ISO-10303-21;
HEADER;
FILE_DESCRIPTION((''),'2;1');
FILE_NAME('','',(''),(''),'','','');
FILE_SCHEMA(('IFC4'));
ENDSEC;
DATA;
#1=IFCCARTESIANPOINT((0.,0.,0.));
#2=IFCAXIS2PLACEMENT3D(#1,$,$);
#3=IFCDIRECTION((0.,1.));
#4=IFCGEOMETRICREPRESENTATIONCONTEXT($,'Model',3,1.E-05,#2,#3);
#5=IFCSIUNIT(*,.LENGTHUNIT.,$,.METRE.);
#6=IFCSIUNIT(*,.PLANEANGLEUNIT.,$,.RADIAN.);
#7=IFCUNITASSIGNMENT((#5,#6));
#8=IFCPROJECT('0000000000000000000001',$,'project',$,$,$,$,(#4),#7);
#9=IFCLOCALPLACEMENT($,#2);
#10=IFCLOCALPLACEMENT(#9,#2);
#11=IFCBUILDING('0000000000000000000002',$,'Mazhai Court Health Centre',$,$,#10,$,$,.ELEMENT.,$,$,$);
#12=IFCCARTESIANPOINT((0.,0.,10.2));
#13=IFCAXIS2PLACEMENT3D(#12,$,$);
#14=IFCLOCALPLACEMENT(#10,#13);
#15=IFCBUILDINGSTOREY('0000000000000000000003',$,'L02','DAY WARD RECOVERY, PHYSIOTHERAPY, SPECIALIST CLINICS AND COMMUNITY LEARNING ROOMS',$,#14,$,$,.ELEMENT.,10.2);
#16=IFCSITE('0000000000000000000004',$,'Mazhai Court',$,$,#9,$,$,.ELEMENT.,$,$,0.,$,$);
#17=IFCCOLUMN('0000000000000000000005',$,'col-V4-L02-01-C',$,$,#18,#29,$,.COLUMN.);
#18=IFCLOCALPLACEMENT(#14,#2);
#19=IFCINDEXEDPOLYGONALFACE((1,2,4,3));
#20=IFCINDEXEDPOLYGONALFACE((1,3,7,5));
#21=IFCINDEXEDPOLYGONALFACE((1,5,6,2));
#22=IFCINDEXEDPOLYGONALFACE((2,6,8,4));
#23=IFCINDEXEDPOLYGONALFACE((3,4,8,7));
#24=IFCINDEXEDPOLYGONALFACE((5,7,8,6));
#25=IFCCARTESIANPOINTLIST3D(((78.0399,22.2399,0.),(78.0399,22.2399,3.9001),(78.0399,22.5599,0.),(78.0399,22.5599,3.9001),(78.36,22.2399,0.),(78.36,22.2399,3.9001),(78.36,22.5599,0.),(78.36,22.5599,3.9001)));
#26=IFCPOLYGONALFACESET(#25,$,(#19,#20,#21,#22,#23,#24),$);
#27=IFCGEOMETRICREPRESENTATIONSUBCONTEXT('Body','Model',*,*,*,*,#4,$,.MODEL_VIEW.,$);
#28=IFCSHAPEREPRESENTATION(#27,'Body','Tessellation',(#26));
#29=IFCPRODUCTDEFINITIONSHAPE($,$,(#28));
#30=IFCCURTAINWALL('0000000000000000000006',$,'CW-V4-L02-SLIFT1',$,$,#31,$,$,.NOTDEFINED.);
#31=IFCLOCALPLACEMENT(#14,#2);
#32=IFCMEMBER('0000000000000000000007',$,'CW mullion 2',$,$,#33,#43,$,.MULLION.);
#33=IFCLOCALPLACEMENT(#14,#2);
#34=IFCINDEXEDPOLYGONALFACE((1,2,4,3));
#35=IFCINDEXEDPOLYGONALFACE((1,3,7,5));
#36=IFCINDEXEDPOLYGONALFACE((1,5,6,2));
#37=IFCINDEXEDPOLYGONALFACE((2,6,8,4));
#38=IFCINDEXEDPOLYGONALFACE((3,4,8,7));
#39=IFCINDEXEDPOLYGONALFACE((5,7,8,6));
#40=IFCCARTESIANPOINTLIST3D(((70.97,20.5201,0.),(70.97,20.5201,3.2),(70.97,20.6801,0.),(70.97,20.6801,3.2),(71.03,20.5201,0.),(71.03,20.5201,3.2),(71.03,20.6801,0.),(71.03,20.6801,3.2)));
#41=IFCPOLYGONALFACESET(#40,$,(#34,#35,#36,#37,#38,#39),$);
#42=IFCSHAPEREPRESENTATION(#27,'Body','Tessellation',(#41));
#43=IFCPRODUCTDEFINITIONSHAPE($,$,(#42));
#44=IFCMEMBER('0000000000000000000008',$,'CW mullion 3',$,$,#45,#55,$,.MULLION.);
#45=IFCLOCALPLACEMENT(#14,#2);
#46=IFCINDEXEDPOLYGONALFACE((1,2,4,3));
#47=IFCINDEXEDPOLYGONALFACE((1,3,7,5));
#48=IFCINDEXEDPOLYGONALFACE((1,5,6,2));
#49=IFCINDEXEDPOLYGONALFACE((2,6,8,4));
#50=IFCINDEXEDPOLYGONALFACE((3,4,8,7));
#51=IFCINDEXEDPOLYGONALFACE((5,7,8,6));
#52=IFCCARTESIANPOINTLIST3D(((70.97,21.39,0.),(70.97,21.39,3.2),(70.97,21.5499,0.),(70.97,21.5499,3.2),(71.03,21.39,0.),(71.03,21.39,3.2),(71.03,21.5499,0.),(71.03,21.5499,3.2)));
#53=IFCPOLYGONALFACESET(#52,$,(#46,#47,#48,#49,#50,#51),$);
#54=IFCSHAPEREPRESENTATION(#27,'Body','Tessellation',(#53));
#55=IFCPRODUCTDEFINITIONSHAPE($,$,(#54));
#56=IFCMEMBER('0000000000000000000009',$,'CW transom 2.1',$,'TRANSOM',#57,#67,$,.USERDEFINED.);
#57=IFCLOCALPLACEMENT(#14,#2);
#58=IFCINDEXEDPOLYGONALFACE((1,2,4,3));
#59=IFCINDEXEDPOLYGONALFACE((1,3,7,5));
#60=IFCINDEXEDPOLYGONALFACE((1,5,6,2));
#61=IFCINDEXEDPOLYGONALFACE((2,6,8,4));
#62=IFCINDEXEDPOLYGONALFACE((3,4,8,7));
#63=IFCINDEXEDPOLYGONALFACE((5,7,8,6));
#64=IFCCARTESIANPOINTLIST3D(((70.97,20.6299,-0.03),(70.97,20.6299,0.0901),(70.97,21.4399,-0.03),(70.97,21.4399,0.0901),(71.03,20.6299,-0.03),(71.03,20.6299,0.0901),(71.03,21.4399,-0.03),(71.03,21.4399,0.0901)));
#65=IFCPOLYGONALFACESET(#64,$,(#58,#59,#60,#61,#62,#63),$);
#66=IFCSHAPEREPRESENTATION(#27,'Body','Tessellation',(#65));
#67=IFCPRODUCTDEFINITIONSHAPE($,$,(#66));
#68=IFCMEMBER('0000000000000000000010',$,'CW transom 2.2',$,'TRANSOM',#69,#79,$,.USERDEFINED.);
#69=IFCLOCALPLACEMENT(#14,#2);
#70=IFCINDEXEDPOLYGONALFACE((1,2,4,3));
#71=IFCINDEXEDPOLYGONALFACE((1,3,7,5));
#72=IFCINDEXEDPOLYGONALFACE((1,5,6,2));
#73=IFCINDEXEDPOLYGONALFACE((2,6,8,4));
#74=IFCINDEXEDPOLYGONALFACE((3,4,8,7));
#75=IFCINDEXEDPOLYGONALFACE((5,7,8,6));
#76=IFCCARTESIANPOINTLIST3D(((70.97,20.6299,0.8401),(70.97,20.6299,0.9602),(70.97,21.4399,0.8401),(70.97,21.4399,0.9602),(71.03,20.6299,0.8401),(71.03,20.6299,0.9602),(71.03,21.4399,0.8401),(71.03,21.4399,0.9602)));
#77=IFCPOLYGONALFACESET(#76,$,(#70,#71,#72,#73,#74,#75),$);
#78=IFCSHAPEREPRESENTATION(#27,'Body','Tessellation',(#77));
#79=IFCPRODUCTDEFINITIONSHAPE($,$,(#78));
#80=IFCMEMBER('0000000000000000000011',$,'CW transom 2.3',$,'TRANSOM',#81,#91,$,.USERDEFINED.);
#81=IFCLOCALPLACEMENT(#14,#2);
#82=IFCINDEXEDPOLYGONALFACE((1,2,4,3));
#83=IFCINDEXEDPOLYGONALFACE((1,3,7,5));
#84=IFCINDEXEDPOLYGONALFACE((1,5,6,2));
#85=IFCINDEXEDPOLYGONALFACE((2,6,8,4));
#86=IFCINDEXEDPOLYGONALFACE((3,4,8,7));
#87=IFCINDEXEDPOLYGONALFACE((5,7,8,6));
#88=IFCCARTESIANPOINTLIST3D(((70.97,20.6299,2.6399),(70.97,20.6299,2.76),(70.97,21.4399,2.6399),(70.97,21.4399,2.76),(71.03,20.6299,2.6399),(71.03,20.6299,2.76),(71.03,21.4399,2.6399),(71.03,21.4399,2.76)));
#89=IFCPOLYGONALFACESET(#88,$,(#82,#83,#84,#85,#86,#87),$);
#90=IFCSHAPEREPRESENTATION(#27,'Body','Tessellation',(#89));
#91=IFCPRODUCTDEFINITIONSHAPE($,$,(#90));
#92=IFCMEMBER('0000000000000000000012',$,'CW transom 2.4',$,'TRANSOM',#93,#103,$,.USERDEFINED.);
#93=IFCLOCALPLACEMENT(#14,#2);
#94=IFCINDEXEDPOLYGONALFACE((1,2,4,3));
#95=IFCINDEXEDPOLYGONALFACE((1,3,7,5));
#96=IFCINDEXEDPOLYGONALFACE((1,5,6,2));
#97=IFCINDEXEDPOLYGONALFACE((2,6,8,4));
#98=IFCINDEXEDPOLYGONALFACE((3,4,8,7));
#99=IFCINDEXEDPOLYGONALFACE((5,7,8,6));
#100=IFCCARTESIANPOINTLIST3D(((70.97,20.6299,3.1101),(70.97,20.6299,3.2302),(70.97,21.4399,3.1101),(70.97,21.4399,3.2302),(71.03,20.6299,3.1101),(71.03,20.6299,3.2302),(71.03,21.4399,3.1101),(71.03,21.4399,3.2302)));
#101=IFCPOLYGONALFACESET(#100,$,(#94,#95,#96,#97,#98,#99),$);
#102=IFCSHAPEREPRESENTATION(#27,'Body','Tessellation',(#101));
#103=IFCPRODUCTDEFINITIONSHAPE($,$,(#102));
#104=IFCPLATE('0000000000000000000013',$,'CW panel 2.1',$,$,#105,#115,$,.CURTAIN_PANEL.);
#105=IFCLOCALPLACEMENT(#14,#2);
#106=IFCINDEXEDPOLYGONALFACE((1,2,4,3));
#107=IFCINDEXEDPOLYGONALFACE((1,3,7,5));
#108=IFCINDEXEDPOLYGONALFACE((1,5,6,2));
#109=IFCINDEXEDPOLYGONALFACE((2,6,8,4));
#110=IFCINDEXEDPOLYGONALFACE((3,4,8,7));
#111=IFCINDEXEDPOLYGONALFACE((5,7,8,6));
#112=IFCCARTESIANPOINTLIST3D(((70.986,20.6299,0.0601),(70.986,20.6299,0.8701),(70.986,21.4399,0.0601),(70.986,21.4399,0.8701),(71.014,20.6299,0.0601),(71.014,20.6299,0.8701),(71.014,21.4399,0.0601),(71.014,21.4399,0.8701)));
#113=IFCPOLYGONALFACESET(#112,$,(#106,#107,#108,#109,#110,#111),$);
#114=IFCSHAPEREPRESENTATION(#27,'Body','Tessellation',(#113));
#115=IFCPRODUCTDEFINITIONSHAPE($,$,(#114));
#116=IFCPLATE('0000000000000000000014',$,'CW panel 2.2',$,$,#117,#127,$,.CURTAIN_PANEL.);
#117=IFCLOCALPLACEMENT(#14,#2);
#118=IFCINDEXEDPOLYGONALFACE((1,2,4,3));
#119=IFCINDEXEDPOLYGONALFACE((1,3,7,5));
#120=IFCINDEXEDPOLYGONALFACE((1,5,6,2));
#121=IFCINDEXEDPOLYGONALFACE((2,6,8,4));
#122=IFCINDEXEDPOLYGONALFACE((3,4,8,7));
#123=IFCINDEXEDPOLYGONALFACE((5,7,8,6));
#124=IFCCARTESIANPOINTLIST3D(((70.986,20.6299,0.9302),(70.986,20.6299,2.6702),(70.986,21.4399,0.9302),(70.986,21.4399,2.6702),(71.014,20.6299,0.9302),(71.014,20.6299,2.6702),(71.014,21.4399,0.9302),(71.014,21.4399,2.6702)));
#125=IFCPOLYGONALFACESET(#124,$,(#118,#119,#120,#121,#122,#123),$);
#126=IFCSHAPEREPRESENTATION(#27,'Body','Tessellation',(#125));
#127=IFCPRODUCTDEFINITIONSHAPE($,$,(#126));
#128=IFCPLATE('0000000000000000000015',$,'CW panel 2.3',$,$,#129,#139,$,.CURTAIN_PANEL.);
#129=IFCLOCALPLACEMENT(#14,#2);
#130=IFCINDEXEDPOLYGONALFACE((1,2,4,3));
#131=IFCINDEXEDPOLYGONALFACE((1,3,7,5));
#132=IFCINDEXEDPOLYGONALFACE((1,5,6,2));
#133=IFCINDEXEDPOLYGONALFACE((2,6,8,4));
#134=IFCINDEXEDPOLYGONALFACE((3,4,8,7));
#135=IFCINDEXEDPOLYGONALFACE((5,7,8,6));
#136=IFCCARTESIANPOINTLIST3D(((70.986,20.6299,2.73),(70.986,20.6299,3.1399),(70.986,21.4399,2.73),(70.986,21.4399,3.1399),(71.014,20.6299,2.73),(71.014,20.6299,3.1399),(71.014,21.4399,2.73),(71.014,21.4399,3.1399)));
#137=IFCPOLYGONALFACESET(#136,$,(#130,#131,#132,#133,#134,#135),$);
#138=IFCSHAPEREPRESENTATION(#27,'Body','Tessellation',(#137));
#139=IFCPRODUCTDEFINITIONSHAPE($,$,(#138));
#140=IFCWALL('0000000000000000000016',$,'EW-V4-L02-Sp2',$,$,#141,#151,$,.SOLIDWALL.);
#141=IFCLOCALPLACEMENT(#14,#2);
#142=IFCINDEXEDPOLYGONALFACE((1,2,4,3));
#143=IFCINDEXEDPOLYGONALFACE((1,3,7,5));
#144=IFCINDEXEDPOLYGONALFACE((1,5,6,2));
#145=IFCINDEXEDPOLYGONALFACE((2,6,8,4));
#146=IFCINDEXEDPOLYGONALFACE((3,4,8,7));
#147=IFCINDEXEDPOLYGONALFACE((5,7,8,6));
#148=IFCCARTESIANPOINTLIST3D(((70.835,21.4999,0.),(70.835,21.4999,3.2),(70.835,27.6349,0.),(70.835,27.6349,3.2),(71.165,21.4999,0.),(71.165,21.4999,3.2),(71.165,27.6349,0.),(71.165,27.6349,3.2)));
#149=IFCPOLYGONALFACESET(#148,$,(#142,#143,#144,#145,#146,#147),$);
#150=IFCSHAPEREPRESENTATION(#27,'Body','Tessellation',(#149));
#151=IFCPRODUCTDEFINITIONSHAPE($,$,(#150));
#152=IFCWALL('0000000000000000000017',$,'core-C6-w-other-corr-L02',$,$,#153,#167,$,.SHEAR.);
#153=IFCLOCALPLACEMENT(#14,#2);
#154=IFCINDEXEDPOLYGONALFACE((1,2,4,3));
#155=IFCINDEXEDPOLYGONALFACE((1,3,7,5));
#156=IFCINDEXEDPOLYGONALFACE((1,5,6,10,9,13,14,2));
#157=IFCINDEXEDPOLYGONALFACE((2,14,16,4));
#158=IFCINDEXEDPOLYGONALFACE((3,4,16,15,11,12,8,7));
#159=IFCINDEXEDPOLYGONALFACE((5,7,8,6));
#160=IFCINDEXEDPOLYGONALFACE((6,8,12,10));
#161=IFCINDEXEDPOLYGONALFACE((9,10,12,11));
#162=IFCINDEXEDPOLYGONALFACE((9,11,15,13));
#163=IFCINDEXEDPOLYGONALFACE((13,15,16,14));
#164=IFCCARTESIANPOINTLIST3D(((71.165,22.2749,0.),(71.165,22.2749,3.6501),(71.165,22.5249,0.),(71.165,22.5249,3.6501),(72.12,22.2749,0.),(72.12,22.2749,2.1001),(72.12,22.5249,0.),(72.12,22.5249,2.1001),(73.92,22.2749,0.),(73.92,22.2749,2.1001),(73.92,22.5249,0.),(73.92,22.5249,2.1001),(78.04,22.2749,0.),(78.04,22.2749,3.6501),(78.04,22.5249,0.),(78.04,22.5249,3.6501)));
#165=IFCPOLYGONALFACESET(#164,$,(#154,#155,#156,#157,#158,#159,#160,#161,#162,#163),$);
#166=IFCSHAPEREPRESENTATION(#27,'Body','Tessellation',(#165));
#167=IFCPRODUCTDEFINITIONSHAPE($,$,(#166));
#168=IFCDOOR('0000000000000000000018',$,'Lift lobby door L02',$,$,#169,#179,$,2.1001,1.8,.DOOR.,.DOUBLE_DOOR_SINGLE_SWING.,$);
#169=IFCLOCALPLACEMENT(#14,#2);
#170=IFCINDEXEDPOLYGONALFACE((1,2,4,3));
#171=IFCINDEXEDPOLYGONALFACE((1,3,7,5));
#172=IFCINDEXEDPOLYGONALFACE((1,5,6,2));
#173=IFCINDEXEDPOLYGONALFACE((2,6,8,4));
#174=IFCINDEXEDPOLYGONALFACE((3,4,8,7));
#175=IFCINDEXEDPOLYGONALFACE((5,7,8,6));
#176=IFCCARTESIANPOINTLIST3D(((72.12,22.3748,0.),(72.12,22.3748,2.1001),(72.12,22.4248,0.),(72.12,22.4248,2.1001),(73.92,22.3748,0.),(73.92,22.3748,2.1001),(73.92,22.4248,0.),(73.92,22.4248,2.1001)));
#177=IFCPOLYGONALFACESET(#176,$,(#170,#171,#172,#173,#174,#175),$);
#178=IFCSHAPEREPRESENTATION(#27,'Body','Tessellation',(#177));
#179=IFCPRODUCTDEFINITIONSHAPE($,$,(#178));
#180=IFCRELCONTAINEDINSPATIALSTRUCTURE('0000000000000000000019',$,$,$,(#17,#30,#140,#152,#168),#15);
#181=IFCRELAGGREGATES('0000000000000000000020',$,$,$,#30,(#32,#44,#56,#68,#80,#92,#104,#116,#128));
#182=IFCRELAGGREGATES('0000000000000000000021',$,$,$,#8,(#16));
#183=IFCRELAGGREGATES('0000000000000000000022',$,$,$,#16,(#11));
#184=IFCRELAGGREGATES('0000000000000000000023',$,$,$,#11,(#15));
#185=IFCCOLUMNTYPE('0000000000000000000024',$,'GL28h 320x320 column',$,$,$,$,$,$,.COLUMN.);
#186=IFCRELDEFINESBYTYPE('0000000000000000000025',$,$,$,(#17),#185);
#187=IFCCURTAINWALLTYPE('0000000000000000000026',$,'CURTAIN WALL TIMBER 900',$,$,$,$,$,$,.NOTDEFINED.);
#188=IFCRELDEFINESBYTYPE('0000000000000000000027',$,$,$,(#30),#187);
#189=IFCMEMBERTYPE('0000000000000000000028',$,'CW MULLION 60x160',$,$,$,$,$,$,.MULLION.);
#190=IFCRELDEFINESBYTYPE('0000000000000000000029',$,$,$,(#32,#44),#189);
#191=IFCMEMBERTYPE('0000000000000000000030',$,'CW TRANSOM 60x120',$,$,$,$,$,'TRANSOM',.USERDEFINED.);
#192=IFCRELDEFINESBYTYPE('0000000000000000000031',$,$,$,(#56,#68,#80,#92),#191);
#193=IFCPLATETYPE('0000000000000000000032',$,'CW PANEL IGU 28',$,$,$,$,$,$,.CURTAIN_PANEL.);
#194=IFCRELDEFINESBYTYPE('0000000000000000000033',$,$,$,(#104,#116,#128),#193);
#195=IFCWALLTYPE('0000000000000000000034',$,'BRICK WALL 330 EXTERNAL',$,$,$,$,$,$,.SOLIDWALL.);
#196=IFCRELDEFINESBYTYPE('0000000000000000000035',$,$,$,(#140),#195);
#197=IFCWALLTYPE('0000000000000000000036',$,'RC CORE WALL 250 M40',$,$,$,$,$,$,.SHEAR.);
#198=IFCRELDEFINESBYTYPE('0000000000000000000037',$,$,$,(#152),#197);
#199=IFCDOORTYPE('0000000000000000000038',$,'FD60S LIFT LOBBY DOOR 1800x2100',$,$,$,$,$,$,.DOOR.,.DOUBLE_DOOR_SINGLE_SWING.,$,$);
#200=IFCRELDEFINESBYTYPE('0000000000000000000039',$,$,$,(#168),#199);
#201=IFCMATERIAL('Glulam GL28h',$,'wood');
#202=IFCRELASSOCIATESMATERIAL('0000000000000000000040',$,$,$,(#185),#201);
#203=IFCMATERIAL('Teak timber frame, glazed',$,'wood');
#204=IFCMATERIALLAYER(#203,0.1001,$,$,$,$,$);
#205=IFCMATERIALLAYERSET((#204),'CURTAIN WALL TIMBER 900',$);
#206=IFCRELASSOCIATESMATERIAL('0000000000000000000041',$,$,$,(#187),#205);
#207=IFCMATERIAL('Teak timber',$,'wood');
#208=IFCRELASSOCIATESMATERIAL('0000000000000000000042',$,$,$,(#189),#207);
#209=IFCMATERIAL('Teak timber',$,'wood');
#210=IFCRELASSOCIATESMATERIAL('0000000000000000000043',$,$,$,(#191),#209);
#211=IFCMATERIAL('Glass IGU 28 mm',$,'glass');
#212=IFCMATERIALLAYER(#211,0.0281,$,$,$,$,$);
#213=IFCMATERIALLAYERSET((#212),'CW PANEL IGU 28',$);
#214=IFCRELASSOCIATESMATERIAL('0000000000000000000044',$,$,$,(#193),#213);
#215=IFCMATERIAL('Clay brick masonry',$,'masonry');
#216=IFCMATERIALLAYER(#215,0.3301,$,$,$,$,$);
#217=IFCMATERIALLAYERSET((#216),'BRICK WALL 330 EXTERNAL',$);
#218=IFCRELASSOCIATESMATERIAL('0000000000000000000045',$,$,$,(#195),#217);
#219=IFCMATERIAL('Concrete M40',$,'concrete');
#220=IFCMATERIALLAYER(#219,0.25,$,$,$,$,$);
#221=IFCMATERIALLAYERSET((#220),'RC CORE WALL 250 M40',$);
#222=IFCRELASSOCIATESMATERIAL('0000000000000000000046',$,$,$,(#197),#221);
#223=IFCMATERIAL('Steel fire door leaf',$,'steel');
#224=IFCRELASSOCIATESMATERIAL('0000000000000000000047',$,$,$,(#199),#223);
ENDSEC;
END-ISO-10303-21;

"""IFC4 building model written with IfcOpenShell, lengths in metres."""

from ifc_helpers import new_model, si_unit, direction, frame, frame_2d, origin, origin_2d, place, context, subcontext, project, spatial, rectangle, extrude, material, layer, layer_set, material_profile, profile_set, type_object, element, fill, aggregate, save


model = new_model("IFC4")

# Units and contexts
model_context = context("Model", 3, precision=1e-05, world=origin(), true_north=direction((0.0, 1.0)))
body_context = subcontext(model_context, "Body", "Model", "MODEL_VIEW")
ifc_project = project(units=[si_unit("LENGTHUNIT", "METRE"), si_unit("PLANEANGLEUNIT", "RADIAN")], contexts=[model_context])

# Site, building, storey
site_placement = place(None, origin())
site = spatial("IfcSite", under=ifc_project, at=site_placement, Name="Mazhai Court", CompositionType="ELEMENT", RefElevation=0.0)
building_placement = place(site_placement, origin())
building = spatial("IfcBuilding", under=site, at=building_placement, Name="Mazhai Court Health Centre", CompositionType="ELEMENT")
storey_placement = place(building_placement, frame((0.0, 0.0, 10.2)))
storey = spatial("IfcBuildingStorey", under=building, at=storey_placement, Name="L02", Description="DAY WARD RECOVERY, PHYSIOTHERAPY, SPECIALIST CLINICS AND COMMUNITY LEARNING ROOMS", CompositionType="ELEMENT", Elevation=10.2)

# Column
ifc_material_1 = material(Name="Glulam GL28h", Category="wood")
ifc_material_profile_1 = material_profile(ifc_material_1, rectangle(XDim=0.3201, YDim=0.3201, at=origin_2d()), Name="GL28h 320x320")
ifc_profile_set_1 = profile_set([ifc_material_profile_1], Name="Glulam GL28h")
column_type = type_object("IfcColumnType", Name="GL28h 320x320 column", PredefinedType="COLUMN", material=ifc_profile_set_1)
column_placement = place(storey_placement, frame((78.2, 22.3999, 0.0), z_axis=(0.0, 0.0, 1.0), x_axis=(1.0, 0.0, 0.0)))
element("IfcColumn", 1, at=column_placement, inside=storey, type_object=column_type, Name="col-V4-L02-01-C", PredefinedType="COLUMN", context=body_context, shape_type="SweptSolid", body=[
    extrude(rectangle(XDim=0.3201, YDim=0.3201, at=origin_2d()), origin(), (0.0, 0.0, 1.0), 3.9001),
])

# Curtain wall, members, plates
ifc_material_2 = material(Name="Teak timber frame, glazed", Category="wood")
ifc_layer_1 = layer(ifc_material_2, 0.1001)
ifc_layer_set_1 = layer_set([ifc_layer_1], Name="CURTAIN WALL TIMBER 900")
curtain_wall_type = type_object("IfcCurtainWallType", Name="CURTAIN WALL TIMBER 900", PredefinedType="NOTDEFINED", material=ifc_layer_set_1)
curtain_wall_placement = place(storey_placement, origin())
curtain_wall = element("IfcCurtainWall", 2, at=curtain_wall_placement, inside=storey, type_object=curtain_wall_type, Name="CW-V4-L02-SLIFT1", PredefinedType="NOTDEFINED")
ifc_material_3 = material(Name="Teak timber", Category="wood")
ifc_material_profile_2 = material_profile(ifc_material_3, rectangle(XDim=0.0601, YDim=0.1599, at=origin_2d()), Name="CW MULLION 60x160")
ifc_profile_set_2 = profile_set([ifc_material_profile_2], Name="Teak timber")
member_type_1 = type_object("IfcMemberType", Name="CW MULLION 60x160", PredefinedType="MULLION", material=ifc_profile_set_2)
member_1_placement = place(storey_placement, frame((71.0, 20.6001, 0.0), z_axis=(0.0, 0.0, 1.0), x_axis=(-1.0, 0.0, 0.0)))
member_1 = element("IfcMember", 3, at=member_1_placement, type_object=member_type_1, Name="CW mullion 2", PredefinedType="MULLION", context=body_context, shape_type="SweptSolid", body=[
    extrude(rectangle(XDim=0.0601, YDim=0.1599, at=origin_2d()), origin(), (0.0, 0.0, 1.0), 3.2),
])
member_2_placement = place(storey_placement, frame((71.0, 21.47, 0.0), z_axis=(0.0, 0.0, 1.0), x_axis=(-1.0, 0.0, 0.0)))
member_2 = element("IfcMember", 4, at=member_2_placement, type_object=member_type_1, Name="CW mullion 3", PredefinedType="MULLION", context=body_context, shape_type="SweptSolid", body=[
    extrude(rectangle(XDim=0.0601, YDim=0.1599, at=origin_2d()), origin(), (0.0, 0.0, 1.0), 3.2),
])
ifc_material_4 = material(Name="Teak timber", Category="wood")
ifc_material_profile_3 = material_profile(ifc_material_4, rectangle(XDim=0.0601, YDim=0.1201, at=origin_2d()), Name="CW TRANSOM 60x120")
ifc_profile_set_3 = profile_set([ifc_material_profile_3], Name="Teak timber")
member_type_2 = type_object("IfcMemberType", Name="CW TRANSOM 60x120", ElementType="TRANSOM", PredefinedType="USERDEFINED", material=ifc_profile_set_3)
member_3_placement = place(storey_placement, frame((71.0, 20.6299, 0.03), z_axis=(0.0, 1.0, 0.0), x_axis=(-1.0, 0.0, 0.0)))
member_3 = element("IfcMember", 5, at=member_3_placement, type_object=member_type_2, Name="CW transom 2.1", ObjectType="TRANSOM", PredefinedType="USERDEFINED", context=body_context, shape_type="SweptSolid", body=[
    extrude(rectangle(XDim=0.0601, YDim=0.1201, at=origin_2d()), origin(), (0.0, 0.0, 1.0), 0.8101),
])
member_4_placement = place(storey_placement, frame((71.0, 20.6299, 0.9001), z_axis=(0.0, 1.0, 0.0), x_axis=(-1.0, 0.0, 0.0)))
member_4 = element("IfcMember", 6, at=member_4_placement, type_object=member_type_2, Name="CW transom 2.2", ObjectType="TRANSOM", PredefinedType="USERDEFINED", context=body_context, shape_type="SweptSolid", body=[
    extrude(rectangle(XDim=0.0601, YDim=0.1201, at=origin_2d()), origin(), (0.0, 0.0, 1.0), 0.8101),
])
member_5_placement = place(storey_placement, frame((71.0, 20.6299, 2.7), z_axis=(0.0, 1.0, 0.0), x_axis=(-1.0, 0.0, 0.0)))
member_5 = element("IfcMember", 7, at=member_5_placement, type_object=member_type_2, Name="CW transom 2.3", ObjectType="TRANSOM", PredefinedType="USERDEFINED", context=body_context, shape_type="SweptSolid", body=[
    extrude(rectangle(XDim=0.0601, YDim=0.1201, at=origin_2d()), origin(), (0.0, 0.0, 1.0), 0.8101),
])
member_6_placement = place(storey_placement, frame((71.0, 20.6299, 3.1702), z_axis=(0.0, 1.0, 0.0), x_axis=(-1.0, 0.0, 0.0)))
member_6 = element("IfcMember", 8, at=member_6_placement, type_object=member_type_2, Name="CW transom 2.4", ObjectType="TRANSOM", PredefinedType="USERDEFINED", context=body_context, shape_type="SweptSolid", body=[
    extrude(rectangle(XDim=0.0601, YDim=0.1201, at=origin_2d()), origin(), (0.0, 0.0, 1.0), 0.8101),
])
ifc_material_5 = material(Name="Glass IGU 28 mm", Category="glass")
ifc_layer_2 = layer(ifc_material_5, 0.0281)
ifc_layer_set_2 = layer_set([ifc_layer_2], Name="CW PANEL IGU 28")
plate_type = type_object("IfcPlateType", Name="CW PANEL IGU 28", PredefinedType="CURTAIN_PANEL", material=ifc_layer_set_2)
plate_1_placement = place(storey_placement, frame((71.0, 21.0349, 0.0601), z_axis=(0.0, 0.0, 1.0), x_axis=(0.0, 1.0, 0.0)))
plate_1 = element("IfcPlate", 9, at=plate_1_placement, type_object=plate_type, Name="CW panel 2.1", PredefinedType="CURTAIN_PANEL", context=body_context, shape_type="SweptSolid", body=[
    extrude(rectangle(XDim=0.8101, YDim=0.0281, at=origin_2d()), origin(), (0.0, 0.0, 1.0), 0.8101),
])
plate_2_placement = place(storey_placement, frame((71.0, 21.0349, 0.9302), z_axis=(0.0, 0.0, 1.0), x_axis=(0.0, 1.0, 0.0)))
plate_2 = element("IfcPlate", 10, at=plate_2_placement, type_object=plate_type, Name="CW panel 2.2", PredefinedType="CURTAIN_PANEL", context=body_context, shape_type="SweptSolid", body=[
    extrude(rectangle(XDim=0.8101, YDim=0.0281, at=origin_2d()), origin(), (0.0, 0.0, 1.0), 1.74),
])
plate_3_placement = place(storey_placement, frame((71.0, 21.0349, 2.73), z_axis=(0.0, 0.0, 1.0), x_axis=(0.0, 1.0, 0.0)))
plate_3 = element("IfcPlate", 11, at=plate_3_placement, type_object=plate_type, Name="CW panel 2.3", PredefinedType="CURTAIN_PANEL", context=body_context, shape_type="SweptSolid", body=[
    extrude(rectangle(XDim=0.8101, YDim=0.0281, at=origin_2d()), origin(), (0.0, 0.0, 1.0), 0.4099),
])
aggregate(curtain_wall, [member_1, member_2, member_3, member_4, member_5, member_6, plate_1, plate_2, plate_3])

# Wall
ifc_material_6 = material(Name="Clay brick masonry", Category="masonry")
ifc_layer_3 = layer(ifc_material_6, 0.3301)
ifc_layer_set_3 = layer_set([ifc_layer_3], Name="BRICK WALL 330 EXTERNAL")
wall_type_1 = type_object("IfcWallType", Name="BRICK WALL 330 EXTERNAL", PredefinedType="SOLIDWALL", material=ifc_layer_set_3)
wall_1_placement = place(storey_placement, frame((71.0, 21.5, 0.0), z_axis=(0.0, 0.0, 1.0), x_axis=(0.0, 1.0, 0.0)))
element("IfcWall", 12, at=wall_1_placement, inside=storey, type_object=wall_type_1, Name="EW-V4-L02-Sp2", PredefinedType="SOLIDWALL", context=body_context, shape_type="SweptSolid", body=[
    extrude(rectangle(XDim=6.135, YDim=0.3301, at=frame_2d((3.0674, 0.0))), origin(), (0.0, 0.0, 1.0), 3.2),
])

# Wall, opening, door
ifc_material_7 = material(Name="Concrete M40", Category="concrete")
ifc_layer_4 = layer(ifc_material_7, 0.25)
ifc_layer_set_4 = layer_set([ifc_layer_4], Name="RC CORE WALL 250 M40")
wall_type_2 = type_object("IfcWallType", Name="RC CORE WALL 250 M40", PredefinedType="SHEAR", material=ifc_layer_set_4)
wall_2_placement = place(storey_placement, frame((71.165, 22.3999, 0.0), z_axis=(0.0, 0.0, 1.0), x_axis=(1.0, 0.0, 0.0)))
wall_2 = element("IfcWall", 13, at=wall_2_placement, inside=storey, type_object=wall_type_2, Name="core-C6-w-other-corr-L02", PredefinedType="SHEAR", context=body_context, shape_type="SweptSolid", body=[
    extrude(rectangle(XDim=6.875, YDim=0.25, at=frame_2d((3.4375, 0.0))), origin(), (0.0, 0.0, 1.0), 3.6501),
])
opening_1_placement = place(wall_2_placement, frame((0.9551, 0.0, 0.0)))
opening_1 = element("IfcOpeningElement", 14, at=opening_1_placement, cuts=wall_2, PredefinedType="OPENING", context=body_context, shape_type="SweptSolid", body=[
    extrude(rectangle(XDim=1.8, YDim=2.1001, at=frame_2d((0.8999, 1.05))), frame((0.0, 0.135, 0.0), z_axis=(0.0, -1.0, 0.0), x_axis=(1.0, 0.0, 0.0)), (0.0, 0.0, 1.0), 0.27),
])
ifc_material_8 = material(Name="Steel fire door leaf", Category="steel")
door_type_1 = type_object("IfcDoorType", Name="FD60S LIFT LOBBY DOOR 1800x2100", OperationType="DOUBLE_DOOR_SINGLE_SWING", PredefinedType="DOOR", material=ifc_material_8)
door_1_placement = place(opening_1_placement, origin())
door_1 = element("IfcDoor", 15, at=door_1_placement, inside=storey, type_object=door_type_1, Name="Lift lobby door L02", OperationType="DOUBLE_DOOR_SINGLE_SWING", OverallHeight=2.1001, OverallWidth=1.8, PredefinedType="DOOR", context=body_context, shape_type="SweptSolid", body=[
    extrude(rectangle(XDim=1.8, YDim=2.1001, at=frame_2d((0.8999, 1.05))), frame((0.0, 0.0249, 0.0), z_axis=(0.0, -1.0, 0.0), x_axis=(1.0, 0.0, 0.0)), (0.0, 0.0, 1.0), 0.05),
])
fill(opening_1, door_1)

save(model, "model.ifc")
